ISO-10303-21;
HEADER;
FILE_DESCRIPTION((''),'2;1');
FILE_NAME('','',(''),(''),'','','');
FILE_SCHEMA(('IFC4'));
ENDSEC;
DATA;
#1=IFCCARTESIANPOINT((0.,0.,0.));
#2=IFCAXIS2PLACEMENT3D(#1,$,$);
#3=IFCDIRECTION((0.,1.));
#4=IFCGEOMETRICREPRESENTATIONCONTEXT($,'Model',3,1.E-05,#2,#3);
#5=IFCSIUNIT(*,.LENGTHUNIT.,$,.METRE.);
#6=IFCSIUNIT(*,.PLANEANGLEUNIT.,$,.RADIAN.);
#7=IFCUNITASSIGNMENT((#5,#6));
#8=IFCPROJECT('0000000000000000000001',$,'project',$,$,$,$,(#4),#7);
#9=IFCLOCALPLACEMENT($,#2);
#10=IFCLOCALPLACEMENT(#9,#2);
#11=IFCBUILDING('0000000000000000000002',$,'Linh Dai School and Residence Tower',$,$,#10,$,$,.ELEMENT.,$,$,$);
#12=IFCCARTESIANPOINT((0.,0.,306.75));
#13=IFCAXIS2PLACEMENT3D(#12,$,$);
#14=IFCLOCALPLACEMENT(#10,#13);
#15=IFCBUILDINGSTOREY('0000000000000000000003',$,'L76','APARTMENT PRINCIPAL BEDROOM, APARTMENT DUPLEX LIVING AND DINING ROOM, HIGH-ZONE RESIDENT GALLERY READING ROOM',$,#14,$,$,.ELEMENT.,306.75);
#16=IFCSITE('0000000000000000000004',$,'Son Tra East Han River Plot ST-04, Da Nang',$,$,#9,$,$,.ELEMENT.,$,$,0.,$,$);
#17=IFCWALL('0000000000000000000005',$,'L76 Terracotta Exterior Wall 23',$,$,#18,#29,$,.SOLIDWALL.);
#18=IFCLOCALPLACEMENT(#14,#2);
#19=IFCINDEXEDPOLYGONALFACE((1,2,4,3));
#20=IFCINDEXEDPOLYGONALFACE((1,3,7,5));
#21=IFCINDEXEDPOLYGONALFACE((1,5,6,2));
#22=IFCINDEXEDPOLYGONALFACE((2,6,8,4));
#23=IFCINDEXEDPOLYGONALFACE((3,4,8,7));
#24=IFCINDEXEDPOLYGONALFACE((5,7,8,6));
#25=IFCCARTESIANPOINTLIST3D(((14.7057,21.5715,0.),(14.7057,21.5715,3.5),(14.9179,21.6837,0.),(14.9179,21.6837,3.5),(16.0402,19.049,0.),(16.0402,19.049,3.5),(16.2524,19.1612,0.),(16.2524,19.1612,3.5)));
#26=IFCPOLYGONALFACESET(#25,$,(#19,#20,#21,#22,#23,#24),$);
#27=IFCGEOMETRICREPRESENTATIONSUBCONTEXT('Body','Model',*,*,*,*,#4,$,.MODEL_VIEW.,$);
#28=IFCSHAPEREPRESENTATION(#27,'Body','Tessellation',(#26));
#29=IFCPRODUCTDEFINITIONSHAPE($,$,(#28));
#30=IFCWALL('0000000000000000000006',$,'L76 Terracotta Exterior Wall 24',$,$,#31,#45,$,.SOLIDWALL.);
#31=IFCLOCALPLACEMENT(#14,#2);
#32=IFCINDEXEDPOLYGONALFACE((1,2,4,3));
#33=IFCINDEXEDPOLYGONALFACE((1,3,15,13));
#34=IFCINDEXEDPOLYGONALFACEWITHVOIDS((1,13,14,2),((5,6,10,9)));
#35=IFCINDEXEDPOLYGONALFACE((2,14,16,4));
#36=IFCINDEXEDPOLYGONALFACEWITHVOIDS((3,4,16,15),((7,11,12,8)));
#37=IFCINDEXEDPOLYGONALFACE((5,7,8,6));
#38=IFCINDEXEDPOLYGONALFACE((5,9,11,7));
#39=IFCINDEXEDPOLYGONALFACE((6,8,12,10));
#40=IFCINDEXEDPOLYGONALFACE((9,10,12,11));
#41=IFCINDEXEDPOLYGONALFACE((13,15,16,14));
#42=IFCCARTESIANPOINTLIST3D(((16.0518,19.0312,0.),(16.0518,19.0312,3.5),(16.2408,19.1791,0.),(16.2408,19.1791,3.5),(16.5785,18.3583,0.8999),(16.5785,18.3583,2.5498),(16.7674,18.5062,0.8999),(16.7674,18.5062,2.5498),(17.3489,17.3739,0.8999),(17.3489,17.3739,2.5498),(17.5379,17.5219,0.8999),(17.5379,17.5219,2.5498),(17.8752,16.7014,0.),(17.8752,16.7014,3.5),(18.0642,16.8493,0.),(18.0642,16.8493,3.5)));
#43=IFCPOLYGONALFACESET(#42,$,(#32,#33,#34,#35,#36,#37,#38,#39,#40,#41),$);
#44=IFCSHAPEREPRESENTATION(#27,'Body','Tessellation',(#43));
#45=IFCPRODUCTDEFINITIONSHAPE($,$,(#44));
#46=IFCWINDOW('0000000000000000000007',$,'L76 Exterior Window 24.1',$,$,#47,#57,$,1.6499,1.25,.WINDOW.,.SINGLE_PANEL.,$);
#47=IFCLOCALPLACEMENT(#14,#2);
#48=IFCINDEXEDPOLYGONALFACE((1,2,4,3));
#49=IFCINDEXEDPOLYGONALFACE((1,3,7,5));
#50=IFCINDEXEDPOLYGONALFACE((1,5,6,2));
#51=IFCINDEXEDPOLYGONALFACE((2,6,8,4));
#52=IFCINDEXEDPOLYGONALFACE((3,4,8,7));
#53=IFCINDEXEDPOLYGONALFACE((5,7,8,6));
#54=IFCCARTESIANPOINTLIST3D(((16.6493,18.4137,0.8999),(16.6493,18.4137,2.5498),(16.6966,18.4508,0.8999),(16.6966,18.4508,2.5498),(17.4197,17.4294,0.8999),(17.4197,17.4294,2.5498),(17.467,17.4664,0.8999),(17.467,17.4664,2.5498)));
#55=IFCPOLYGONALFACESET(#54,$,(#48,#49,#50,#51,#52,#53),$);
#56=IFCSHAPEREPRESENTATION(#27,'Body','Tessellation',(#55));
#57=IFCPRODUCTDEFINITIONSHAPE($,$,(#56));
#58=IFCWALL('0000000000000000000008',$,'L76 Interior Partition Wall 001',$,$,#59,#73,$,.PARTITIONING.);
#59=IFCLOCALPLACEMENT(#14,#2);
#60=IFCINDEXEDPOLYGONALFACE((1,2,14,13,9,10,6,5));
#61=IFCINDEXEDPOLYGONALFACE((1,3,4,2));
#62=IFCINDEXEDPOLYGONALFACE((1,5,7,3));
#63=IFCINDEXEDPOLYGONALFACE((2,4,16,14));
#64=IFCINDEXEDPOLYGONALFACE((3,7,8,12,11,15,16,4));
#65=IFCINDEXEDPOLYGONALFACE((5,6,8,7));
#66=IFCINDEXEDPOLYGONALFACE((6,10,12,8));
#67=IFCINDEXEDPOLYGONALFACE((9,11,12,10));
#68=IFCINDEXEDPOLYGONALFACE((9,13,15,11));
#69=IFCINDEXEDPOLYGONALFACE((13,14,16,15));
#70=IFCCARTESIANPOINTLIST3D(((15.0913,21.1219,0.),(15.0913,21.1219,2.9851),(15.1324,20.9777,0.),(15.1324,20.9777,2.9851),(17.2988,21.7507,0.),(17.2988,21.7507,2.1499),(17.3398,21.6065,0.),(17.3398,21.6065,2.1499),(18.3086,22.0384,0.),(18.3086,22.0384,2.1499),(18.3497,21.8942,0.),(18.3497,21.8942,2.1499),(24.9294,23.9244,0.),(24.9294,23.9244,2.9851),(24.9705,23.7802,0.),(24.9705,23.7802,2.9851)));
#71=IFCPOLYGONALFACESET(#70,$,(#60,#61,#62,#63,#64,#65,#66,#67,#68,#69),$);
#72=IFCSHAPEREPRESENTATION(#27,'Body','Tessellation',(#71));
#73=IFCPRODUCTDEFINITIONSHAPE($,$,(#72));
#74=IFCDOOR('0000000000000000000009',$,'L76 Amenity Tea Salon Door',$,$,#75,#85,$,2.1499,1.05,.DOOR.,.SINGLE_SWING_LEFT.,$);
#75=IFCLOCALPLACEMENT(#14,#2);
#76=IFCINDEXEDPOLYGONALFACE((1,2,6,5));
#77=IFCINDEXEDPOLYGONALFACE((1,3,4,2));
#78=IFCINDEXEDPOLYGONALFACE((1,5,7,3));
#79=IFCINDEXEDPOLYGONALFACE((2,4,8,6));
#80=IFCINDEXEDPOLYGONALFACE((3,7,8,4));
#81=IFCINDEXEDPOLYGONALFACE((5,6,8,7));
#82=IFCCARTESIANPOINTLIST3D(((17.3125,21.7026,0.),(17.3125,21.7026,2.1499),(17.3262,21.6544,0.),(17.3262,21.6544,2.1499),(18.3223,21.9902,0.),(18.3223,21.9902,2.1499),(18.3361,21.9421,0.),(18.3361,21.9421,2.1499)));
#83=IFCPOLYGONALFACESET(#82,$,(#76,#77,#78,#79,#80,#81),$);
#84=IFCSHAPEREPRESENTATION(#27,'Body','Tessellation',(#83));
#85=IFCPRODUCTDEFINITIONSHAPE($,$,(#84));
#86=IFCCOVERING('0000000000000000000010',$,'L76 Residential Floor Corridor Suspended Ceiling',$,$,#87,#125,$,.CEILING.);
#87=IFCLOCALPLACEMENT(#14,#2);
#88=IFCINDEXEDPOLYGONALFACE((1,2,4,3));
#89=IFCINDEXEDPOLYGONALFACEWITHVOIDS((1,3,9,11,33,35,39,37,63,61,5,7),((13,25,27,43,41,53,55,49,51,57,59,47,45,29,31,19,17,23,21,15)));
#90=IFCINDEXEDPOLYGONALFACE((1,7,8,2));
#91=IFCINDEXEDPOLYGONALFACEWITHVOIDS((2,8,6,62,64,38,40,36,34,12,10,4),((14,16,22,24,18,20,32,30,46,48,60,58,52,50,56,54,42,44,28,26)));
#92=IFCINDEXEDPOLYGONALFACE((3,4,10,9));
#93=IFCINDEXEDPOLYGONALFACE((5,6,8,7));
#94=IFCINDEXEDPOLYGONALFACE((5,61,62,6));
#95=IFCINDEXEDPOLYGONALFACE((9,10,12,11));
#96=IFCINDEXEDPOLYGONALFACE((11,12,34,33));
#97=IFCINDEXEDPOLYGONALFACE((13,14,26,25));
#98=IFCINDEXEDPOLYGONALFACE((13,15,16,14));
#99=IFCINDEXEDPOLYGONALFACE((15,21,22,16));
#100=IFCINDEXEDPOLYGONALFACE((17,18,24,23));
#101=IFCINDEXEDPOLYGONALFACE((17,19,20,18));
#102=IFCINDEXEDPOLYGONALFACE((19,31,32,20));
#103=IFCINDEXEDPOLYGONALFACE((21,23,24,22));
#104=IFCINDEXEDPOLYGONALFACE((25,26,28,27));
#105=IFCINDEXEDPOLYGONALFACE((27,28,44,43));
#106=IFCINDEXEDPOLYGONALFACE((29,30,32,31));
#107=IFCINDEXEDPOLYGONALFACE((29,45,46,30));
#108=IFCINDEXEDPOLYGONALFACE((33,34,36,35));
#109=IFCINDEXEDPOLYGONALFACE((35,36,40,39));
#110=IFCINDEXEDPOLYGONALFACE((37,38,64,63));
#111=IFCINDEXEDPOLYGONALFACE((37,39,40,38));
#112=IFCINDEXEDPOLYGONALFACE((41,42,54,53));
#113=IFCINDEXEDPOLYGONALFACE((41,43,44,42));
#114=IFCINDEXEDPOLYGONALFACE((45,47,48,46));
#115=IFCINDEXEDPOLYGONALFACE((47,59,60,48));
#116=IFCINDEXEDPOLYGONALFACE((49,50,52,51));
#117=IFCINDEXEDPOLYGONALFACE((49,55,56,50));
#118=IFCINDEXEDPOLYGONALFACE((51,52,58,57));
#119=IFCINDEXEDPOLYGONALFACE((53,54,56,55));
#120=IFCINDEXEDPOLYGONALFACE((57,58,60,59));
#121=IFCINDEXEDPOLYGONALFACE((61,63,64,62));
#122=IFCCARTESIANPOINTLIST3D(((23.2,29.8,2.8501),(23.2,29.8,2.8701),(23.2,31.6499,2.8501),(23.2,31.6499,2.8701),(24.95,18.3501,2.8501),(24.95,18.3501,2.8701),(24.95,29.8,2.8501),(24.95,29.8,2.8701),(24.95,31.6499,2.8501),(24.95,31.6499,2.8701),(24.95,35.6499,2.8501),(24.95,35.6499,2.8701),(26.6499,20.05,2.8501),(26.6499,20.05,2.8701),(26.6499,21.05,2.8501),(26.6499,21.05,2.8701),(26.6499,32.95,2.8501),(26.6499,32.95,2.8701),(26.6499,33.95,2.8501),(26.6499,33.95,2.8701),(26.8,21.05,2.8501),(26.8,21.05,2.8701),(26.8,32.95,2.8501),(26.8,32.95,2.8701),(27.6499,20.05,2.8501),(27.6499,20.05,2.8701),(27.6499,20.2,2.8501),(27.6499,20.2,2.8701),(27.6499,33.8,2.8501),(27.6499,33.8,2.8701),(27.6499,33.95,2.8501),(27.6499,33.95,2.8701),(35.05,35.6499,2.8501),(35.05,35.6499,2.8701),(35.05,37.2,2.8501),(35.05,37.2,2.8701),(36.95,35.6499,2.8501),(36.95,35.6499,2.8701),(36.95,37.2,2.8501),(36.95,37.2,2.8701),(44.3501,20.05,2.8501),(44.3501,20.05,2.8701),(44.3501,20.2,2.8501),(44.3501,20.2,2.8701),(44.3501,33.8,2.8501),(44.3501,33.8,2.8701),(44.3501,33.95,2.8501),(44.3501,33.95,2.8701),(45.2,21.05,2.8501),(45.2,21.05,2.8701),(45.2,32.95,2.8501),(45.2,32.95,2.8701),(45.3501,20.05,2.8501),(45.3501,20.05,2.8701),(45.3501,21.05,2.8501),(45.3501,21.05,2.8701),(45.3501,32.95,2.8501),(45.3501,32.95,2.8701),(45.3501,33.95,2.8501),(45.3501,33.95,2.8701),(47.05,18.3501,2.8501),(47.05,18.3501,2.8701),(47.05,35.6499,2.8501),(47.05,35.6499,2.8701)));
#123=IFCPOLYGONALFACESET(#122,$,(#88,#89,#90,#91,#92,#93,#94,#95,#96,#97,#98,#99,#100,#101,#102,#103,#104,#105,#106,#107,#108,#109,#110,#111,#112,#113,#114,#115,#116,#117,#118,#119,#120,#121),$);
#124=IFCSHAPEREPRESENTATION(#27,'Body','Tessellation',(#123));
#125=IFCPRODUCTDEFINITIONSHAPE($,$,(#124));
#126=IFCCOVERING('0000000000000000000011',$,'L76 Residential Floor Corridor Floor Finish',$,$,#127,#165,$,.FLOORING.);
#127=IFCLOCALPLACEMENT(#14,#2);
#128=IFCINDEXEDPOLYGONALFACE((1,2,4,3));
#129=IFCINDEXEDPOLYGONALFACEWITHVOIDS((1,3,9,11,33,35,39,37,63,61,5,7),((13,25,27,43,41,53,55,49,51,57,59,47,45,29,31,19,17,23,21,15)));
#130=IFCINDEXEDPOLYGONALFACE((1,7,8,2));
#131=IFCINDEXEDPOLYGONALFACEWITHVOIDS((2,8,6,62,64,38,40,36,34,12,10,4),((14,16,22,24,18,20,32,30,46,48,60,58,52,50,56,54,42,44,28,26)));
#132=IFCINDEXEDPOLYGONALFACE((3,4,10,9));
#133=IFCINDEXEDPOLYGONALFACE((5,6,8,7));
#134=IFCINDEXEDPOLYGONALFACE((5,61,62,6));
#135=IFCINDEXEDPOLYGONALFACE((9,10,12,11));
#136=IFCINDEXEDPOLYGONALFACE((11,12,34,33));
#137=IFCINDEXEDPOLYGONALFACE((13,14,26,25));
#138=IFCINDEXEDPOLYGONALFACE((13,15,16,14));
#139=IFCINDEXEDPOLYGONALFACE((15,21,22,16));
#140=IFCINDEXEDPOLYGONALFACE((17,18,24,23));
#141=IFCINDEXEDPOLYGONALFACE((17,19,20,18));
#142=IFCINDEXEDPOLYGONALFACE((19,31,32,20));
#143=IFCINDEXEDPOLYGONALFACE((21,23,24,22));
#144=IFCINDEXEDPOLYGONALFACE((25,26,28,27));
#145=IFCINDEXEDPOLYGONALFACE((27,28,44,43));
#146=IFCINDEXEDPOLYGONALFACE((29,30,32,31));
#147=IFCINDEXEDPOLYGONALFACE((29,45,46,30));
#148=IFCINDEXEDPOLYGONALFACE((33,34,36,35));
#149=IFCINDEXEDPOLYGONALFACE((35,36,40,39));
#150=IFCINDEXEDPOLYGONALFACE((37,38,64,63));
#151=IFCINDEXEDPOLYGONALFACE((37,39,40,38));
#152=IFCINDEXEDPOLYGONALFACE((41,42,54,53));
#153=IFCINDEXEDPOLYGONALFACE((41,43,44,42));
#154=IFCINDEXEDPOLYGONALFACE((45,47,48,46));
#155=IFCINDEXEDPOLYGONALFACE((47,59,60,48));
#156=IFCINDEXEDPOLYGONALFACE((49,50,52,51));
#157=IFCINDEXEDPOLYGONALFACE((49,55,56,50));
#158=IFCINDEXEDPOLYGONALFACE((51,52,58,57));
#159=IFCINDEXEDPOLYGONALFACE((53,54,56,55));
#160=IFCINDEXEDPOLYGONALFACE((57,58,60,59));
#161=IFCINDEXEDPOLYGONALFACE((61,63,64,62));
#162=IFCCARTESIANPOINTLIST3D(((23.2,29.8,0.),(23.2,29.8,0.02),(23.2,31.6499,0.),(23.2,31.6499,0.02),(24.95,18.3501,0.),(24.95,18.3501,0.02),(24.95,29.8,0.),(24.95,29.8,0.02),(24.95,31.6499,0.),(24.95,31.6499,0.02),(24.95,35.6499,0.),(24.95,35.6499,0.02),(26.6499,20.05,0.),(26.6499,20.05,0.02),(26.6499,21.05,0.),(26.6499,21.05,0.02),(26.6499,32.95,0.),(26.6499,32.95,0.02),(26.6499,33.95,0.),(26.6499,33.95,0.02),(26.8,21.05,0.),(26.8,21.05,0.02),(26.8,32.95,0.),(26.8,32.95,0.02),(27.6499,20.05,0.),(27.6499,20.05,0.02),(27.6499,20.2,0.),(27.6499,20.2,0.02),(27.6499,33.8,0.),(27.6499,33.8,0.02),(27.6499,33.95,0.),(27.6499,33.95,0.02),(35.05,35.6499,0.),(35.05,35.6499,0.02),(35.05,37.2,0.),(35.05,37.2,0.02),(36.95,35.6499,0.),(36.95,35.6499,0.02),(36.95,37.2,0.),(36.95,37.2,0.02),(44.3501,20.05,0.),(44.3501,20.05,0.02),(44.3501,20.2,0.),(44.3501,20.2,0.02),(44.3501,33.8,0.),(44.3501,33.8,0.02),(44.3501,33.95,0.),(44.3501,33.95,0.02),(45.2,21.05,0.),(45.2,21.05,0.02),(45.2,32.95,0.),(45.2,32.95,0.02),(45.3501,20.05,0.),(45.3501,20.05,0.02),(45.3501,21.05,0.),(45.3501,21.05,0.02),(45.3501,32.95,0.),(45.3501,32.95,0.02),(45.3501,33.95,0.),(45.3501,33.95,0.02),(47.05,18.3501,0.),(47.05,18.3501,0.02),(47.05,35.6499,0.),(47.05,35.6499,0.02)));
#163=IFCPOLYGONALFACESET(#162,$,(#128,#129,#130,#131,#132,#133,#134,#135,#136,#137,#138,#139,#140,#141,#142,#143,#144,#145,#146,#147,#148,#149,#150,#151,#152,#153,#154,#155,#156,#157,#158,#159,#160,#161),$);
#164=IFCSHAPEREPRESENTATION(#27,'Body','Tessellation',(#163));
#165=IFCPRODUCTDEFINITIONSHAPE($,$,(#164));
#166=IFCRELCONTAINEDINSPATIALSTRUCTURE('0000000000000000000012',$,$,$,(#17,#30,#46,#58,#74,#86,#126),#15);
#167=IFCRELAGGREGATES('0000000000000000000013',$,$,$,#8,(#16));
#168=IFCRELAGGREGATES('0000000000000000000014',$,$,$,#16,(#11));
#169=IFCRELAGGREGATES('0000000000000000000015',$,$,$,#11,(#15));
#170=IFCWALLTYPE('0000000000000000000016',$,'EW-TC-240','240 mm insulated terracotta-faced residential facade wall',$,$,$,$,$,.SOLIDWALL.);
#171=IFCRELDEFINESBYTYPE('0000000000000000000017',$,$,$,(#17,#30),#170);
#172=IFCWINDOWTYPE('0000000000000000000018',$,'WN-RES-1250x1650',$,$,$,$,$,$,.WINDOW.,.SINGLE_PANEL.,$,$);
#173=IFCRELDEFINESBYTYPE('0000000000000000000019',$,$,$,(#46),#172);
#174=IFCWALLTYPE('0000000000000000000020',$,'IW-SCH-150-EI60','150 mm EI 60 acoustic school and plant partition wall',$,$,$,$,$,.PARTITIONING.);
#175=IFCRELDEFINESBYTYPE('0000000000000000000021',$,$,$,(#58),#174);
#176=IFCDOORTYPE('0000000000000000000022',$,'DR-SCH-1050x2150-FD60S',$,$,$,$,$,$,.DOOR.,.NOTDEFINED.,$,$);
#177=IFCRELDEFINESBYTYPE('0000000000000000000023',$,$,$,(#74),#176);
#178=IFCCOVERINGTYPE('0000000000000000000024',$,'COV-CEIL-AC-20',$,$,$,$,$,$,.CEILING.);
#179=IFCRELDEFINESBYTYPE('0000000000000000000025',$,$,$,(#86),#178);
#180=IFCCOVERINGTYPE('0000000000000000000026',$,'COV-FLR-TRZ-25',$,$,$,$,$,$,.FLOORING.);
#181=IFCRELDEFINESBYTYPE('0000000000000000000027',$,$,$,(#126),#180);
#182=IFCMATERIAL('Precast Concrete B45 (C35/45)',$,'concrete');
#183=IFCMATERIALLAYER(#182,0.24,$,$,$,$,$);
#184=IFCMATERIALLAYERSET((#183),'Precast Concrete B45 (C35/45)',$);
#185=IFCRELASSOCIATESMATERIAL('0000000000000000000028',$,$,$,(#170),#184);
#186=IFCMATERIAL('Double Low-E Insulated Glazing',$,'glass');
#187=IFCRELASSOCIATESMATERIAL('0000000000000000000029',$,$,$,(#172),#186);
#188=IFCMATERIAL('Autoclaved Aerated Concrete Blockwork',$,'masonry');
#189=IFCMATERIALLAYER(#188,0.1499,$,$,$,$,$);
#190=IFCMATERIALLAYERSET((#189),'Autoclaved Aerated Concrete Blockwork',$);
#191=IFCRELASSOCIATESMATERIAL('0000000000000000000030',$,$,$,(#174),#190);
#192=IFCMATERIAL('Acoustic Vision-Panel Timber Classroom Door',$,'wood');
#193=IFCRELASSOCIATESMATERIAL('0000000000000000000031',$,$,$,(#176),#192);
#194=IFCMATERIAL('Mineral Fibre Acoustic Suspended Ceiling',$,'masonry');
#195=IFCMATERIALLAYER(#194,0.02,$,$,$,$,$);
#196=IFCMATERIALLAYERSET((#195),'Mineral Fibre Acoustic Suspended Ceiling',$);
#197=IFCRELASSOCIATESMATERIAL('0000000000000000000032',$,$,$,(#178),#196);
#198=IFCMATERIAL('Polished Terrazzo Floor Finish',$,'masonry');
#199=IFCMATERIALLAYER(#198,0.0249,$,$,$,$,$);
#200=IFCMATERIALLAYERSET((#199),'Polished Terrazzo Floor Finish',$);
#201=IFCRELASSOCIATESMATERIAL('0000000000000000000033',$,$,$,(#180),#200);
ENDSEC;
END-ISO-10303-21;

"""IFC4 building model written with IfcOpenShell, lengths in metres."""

from ifc_helpers import new_model, si_unit, direction, frame, frame_2d, origin, origin_2d, place, context, subcontext, project, spatial, polyline, rectangle, outline, extrude, source, transform, mapped, material, layer, layer_set, type_object, element, fill, save


model = new_model("IFC4")

# Units and contexts
model_context = context("Model", 3, precision=1e-05, world=origin(), true_north=direction((0.0, 1.0)))
body_context = subcontext(model_context, "Body", "Model", "MODEL_VIEW")
ifc_project = project(units=[si_unit("LENGTHUNIT", "METRE"), si_unit("PLANEANGLEUNIT", "RADIAN")], contexts=[model_context])

# Site, building, storey
site_placement = place(None, origin())
site = spatial("IfcSite", under=ifc_project, at=site_placement, Name="Son Tra East Han River Plot ST-04, Da Nang", CompositionType="ELEMENT", RefElevation=0.0)
building_placement = place(site_placement, origin())
building = spatial("IfcBuilding", under=site, at=building_placement, Name="Linh Dai School and Residence Tower", CompositionType="ELEMENT")
storey_placement = place(building_placement, frame((0.0, 0.0, 306.75)))
storey = spatial("IfcBuildingStorey", under=building, at=storey_placement, Name="L76", Description="APARTMENT PRINCIPAL BEDROOM, APARTMENT DUPLEX LIVING AND DINING ROOM, HIGH-ZONE RESIDENT GALLERY READING ROOM", CompositionType="ELEMENT", Elevation=306.75)

# Shared definitions
ifc_material_1 = material(Name="Precast Concrete B45 (C35/45)", Category="concrete")

# Wall
ifc_layer_1 = layer(ifc_material_1, 0.24)
ifc_layer_set_1 = layer_set([ifc_layer_1], Name="Precast Concrete B45 (C35/45)")
wall_type_1 = type_object("IfcWallType", Name="EW-TC-240", Description="240 mm insulated terracotta-faced residential facade wall", PredefinedType="SOLIDWALL", material=ifc_layer_set_1)
wall_1_placement = place(storey_placement, frame((16.1462, 19.1052, 0.0), z_axis=(0.0, 0.0, 1.0), x_axis=(-0.467628, 0.883925, 0.0)))
element("IfcWall", 1, at=wall_1_placement, inside=storey, type_object=wall_type_1, Name="L76 Terracotta Exterior Wall 23", PredefinedType="SOLIDWALL", context=body_context, shape_type="SweptSolid", body=[
    extrude(rectangle(XDim=2.8538, YDim=0.24, at=frame_2d((1.4268, 0.0))), origin(), (0.0, 0.0, 1.0), 3.5),
])

# Wall, opening, window
wall_2_placement = place(storey_placement, frame((17.9697, 16.7754, 0.0), z_axis=(0.0, 0.0, 1.0), x_axis=(-0.616337, 0.787482, 0.0)))
wall_2 = element("IfcWall", 2, at=wall_2_placement, inside=storey, type_object=wall_type_1, Name="L76 Terracotta Exterior Wall 24", PredefinedType="SOLIDWALL", context=body_context, shape_type="SweptSolid", body=[
    extrude(rectangle(XDim=2.9585, YDim=0.24, at=frame_2d((1.4792, 0.0))), origin(), (0.0, 0.0, 1.0), 3.5),
])
opening_1_placement = place(wall_2_placement, frame((0.854, 0.0, 0.8999)))
opening_1 = element("IfcOpeningElement", 3, at=opening_1_placement, cuts=wall_2, PredefinedType="OPENING", context=body_context, shape_type="SweptSolid", body=[
    extrude(rectangle(XDim=1.25, YDim=1.6499, at=origin_2d()), frame((0.625, 0.1299, 0.825), z_axis=(0.0, -1.0, 0.0), x_axis=(1.0, 0.0, 0.0)), (0.0, 0.0, 1.0), 0.26),
])
ifc_material_2 = material(Name="Double Low-E Insulated Glazing", Category="glass")
window_type = type_object("IfcWindowType", Name="WN-RES-1250x1650", PartitioningType="SINGLE_PANEL", PredefinedType="WINDOW", material=ifc_material_2)
shared_shape_1 = source(origin(), body_context, "Body", "SweptSolid", [
    extrude(rectangle(XDim=1.25, YDim=1.6499, at=origin_2d()), frame((0.625, 0.03, 0.825), z_axis=(0.0, -1.0, 0.0), x_axis=(1.0, 0.0, 0.0)), (0.0, 0.0, 1.0), 0.0601),
])
window_placement = place(opening_1_placement, origin())
window = element("IfcWindow", 4, at=window_placement, inside=storey, type_object=window_type, Name="L76 Exterior Window 24.1", OverallHeight=1.6499, OverallWidth=1.25, PartitioningType="SINGLE_PANEL", PredefinedType="WINDOW", context=body_context, shape_type="MappedRepresentation", body=[
    mapped(shared_shape_1, transform((0.0, 0.0, 0.0), x_axis=(1.0, 0.0, 0.0), y_axis=(0.0, 1.0, 0.0), z_axis=(0.0, 0.0, 1.0), scale=1.0)),
])
fill(opening_1, window)

# Wall, opening, door
ifc_material_3 = material(Name="Autoclaved Aerated Concrete Blockwork", Category="masonry")
ifc_layer_2 = layer(ifc_material_3, 0.1499)
ifc_layer_set_2 = layer_set([ifc_layer_2], Name="Autoclaved Aerated Concrete Blockwork")
wall_type_2 = type_object("IfcWallType", Name="IW-SCH-150-EI60", Description="150 mm EI 60 acoustic school and plant partition wall", PredefinedType="PARTITIONING", material=ifc_layer_set_2)
wall_3_placement = place(storey_placement, frame((15.1118, 21.0498, 0.0), z_axis=(0.0, 0.0, 1.0), x_axis=(0.961741, 0.273961, 0.0)))
wall_3 = element("IfcWall", 5, at=wall_3_placement, inside=storey, type_object=wall_type_2, Name="L76 Interior Partition Wall 001", PredefinedType="PARTITIONING", context=body_context, shape_type="SweptSolid", body=[
    extrude(rectangle(XDim=10.2295, YDim=0.1499, at=frame_2d((5.1147, 0.0))), origin(), (0.0, 0.0, 1.0), 2.9851),
])
opening_2_placement = place(wall_3_placement, frame((2.2954, 0.0, 0.0)))
opening_2 = element("IfcOpeningElement", 6, at=opening_2_placement, cuts=wall_3, PredefinedType="OPENING", context=body_context, shape_type="SweptSolid", body=[
    extrude(rectangle(XDim=1.05, YDim=2.1499, at=origin_2d()), frame((0.5249, 0.085, 1.075), z_axis=(0.0, -1.0, 0.0), x_axis=(1.0, 0.0, 0.0)), (0.0, 0.0, 1.0), 0.1699),
])
ifc_material_4 = material(Name="Acoustic Vision-Panel Timber Classroom Door", Category="wood")
door_type = type_object("IfcDoorType", Name="DR-SCH-1050x2150-FD60S", OperationType="NOTDEFINED", PredefinedType="DOOR", material=ifc_material_4)
shared_shape_2 = source(origin(), body_context, "Body", "SweptSolid", [
    extrude(rectangle(XDim=1.05, YDim=2.1499, at=origin_2d()), frame((0.5249, 0.0249, 1.075), z_axis=(0.0, -1.0, 0.0), x_axis=(1.0, 0.0, 0.0)), (0.0, 0.0, 1.0), 0.05),
])
door_placement = place(opening_2_placement, origin())
door = element("IfcDoor", 7, at=door_placement, inside=storey, type_object=door_type, Name="L76 Amenity Tea Salon Door", OperationType="SINGLE_SWING_LEFT", OverallHeight=2.1499, OverallWidth=1.05, PredefinedType="DOOR", context=body_context, shape_type="MappedRepresentation", body=[
    mapped(shared_shape_2, transform((0.0, 0.0, 0.0), x_axis=(1.0, 0.0, 0.0), y_axis=(0.0, 1.0, 0.0), z_axis=(0.0, 0.0, 1.0), scale=1.0)),
])
fill(opening_2, door)

# Coverings
ifc_material_5 = material(Name="Mineral Fibre Acoustic Suspended Ceiling", Category="masonry")
ifc_layer_3 = layer(ifc_material_5, 0.02)
ifc_layer_set_3 = layer_set([ifc_layer_3], Name="Mineral Fibre Acoustic Suspended Ceiling")
covering_type_1 = type_object("IfcCoveringType", Name="COV-CEIL-AC-20", PredefinedType="CEILING", material=ifc_layer_set_3)
covering_1_placement = place(storey_placement, frame((0.0, 0.0, 2.8501)))
element("IfcCovering", 8, at=covering_1_placement, inside=storey, type_object=covering_type_1, Name="L76 Residential Floor Corridor Suspended Ceiling", PredefinedType="CEILING", context=body_context, shape_type="SweptSolid", body=[
    extrude(outline(polyline([(23.2, 31.6499), (24.95, 31.6499), (24.95, 35.6499), (35.05, 35.6499), (35.05, 37.2), (36.95, 37.2), (36.95, 35.6499), (47.05, 35.6499), (47.05, 18.3501), (24.95, 18.3501), (24.95, 29.8), (23.2, 29.8), (23.2, 31.6499)]), holes=[polyline([(27.6499, 33.8), (27.6499, 33.95), (26.6499, 33.95), (26.6499, 32.95), (26.8, 32.95), (26.8, 21.05), (26.6499, 21.05), (26.6499, 20.05), (27.6499, 20.05), (27.6499, 20.2), (44.3501, 20.2), (44.3501, 20.05), (45.3501, 20.05), (45.3501, 21.05), (45.2, 21.05), (45.2, 32.95), (45.3501, 32.95), (45.3501, 33.95), (44.3501, 33.95), (44.3501, 33.8), (27.6499, 33.8)])]), origin(), (0.0, 0.0, 1.0), 0.02),
])
ifc_material_6 = material(Name="Polished Terrazzo Floor Finish", Category="masonry")
ifc_layer_4 = layer(ifc_material_6, 0.0249)
ifc_layer_set_4 = layer_set([ifc_layer_4], Name="Polished Terrazzo Floor Finish")
covering_type_2 = type_object("IfcCoveringType", Name="COV-FLR-TRZ-25", PredefinedType="FLOORING", material=ifc_layer_set_4)
covering_2_placement = place(storey_placement, origin())
element("IfcCovering", 9, at=covering_2_placement, inside=storey, type_object=covering_type_2, Name="L76 Residential Floor Corridor Floor Finish", PredefinedType="FLOORING", context=body_context, shape_type="SweptSolid", body=[
    extrude(outline(polyline([(23.2, 31.6499), (24.95, 31.6499), (24.95, 35.6499), (35.05, 35.6499), (35.05, 37.2), (36.95, 37.2), (36.95, 35.6499), (47.05, 35.6499), (47.05, 18.3501), (24.95, 18.3501), (24.95, 29.8), (23.2, 29.8), (23.2, 31.6499)]), holes=[polyline([(27.6499, 33.8), (27.6499, 33.95), (26.6499, 33.95), (26.6499, 32.95), (26.8, 32.95), (26.8, 21.05), (26.6499, 21.05), (26.6499, 20.05), (27.6499, 20.05), (27.6499, 20.2), (44.3501, 20.2), (44.3501, 20.05), (45.3501, 20.05), (45.3501, 21.05), (45.2, 21.05), (45.2, 32.95), (45.3501, 32.95), (45.3501, 33.95), (44.3501, 33.95), (44.3501, 33.8), (27.6499, 33.8)])]), origin(), (0.0, 0.0, 1.0), 0.02),
])

save(model, "model.ifc")
